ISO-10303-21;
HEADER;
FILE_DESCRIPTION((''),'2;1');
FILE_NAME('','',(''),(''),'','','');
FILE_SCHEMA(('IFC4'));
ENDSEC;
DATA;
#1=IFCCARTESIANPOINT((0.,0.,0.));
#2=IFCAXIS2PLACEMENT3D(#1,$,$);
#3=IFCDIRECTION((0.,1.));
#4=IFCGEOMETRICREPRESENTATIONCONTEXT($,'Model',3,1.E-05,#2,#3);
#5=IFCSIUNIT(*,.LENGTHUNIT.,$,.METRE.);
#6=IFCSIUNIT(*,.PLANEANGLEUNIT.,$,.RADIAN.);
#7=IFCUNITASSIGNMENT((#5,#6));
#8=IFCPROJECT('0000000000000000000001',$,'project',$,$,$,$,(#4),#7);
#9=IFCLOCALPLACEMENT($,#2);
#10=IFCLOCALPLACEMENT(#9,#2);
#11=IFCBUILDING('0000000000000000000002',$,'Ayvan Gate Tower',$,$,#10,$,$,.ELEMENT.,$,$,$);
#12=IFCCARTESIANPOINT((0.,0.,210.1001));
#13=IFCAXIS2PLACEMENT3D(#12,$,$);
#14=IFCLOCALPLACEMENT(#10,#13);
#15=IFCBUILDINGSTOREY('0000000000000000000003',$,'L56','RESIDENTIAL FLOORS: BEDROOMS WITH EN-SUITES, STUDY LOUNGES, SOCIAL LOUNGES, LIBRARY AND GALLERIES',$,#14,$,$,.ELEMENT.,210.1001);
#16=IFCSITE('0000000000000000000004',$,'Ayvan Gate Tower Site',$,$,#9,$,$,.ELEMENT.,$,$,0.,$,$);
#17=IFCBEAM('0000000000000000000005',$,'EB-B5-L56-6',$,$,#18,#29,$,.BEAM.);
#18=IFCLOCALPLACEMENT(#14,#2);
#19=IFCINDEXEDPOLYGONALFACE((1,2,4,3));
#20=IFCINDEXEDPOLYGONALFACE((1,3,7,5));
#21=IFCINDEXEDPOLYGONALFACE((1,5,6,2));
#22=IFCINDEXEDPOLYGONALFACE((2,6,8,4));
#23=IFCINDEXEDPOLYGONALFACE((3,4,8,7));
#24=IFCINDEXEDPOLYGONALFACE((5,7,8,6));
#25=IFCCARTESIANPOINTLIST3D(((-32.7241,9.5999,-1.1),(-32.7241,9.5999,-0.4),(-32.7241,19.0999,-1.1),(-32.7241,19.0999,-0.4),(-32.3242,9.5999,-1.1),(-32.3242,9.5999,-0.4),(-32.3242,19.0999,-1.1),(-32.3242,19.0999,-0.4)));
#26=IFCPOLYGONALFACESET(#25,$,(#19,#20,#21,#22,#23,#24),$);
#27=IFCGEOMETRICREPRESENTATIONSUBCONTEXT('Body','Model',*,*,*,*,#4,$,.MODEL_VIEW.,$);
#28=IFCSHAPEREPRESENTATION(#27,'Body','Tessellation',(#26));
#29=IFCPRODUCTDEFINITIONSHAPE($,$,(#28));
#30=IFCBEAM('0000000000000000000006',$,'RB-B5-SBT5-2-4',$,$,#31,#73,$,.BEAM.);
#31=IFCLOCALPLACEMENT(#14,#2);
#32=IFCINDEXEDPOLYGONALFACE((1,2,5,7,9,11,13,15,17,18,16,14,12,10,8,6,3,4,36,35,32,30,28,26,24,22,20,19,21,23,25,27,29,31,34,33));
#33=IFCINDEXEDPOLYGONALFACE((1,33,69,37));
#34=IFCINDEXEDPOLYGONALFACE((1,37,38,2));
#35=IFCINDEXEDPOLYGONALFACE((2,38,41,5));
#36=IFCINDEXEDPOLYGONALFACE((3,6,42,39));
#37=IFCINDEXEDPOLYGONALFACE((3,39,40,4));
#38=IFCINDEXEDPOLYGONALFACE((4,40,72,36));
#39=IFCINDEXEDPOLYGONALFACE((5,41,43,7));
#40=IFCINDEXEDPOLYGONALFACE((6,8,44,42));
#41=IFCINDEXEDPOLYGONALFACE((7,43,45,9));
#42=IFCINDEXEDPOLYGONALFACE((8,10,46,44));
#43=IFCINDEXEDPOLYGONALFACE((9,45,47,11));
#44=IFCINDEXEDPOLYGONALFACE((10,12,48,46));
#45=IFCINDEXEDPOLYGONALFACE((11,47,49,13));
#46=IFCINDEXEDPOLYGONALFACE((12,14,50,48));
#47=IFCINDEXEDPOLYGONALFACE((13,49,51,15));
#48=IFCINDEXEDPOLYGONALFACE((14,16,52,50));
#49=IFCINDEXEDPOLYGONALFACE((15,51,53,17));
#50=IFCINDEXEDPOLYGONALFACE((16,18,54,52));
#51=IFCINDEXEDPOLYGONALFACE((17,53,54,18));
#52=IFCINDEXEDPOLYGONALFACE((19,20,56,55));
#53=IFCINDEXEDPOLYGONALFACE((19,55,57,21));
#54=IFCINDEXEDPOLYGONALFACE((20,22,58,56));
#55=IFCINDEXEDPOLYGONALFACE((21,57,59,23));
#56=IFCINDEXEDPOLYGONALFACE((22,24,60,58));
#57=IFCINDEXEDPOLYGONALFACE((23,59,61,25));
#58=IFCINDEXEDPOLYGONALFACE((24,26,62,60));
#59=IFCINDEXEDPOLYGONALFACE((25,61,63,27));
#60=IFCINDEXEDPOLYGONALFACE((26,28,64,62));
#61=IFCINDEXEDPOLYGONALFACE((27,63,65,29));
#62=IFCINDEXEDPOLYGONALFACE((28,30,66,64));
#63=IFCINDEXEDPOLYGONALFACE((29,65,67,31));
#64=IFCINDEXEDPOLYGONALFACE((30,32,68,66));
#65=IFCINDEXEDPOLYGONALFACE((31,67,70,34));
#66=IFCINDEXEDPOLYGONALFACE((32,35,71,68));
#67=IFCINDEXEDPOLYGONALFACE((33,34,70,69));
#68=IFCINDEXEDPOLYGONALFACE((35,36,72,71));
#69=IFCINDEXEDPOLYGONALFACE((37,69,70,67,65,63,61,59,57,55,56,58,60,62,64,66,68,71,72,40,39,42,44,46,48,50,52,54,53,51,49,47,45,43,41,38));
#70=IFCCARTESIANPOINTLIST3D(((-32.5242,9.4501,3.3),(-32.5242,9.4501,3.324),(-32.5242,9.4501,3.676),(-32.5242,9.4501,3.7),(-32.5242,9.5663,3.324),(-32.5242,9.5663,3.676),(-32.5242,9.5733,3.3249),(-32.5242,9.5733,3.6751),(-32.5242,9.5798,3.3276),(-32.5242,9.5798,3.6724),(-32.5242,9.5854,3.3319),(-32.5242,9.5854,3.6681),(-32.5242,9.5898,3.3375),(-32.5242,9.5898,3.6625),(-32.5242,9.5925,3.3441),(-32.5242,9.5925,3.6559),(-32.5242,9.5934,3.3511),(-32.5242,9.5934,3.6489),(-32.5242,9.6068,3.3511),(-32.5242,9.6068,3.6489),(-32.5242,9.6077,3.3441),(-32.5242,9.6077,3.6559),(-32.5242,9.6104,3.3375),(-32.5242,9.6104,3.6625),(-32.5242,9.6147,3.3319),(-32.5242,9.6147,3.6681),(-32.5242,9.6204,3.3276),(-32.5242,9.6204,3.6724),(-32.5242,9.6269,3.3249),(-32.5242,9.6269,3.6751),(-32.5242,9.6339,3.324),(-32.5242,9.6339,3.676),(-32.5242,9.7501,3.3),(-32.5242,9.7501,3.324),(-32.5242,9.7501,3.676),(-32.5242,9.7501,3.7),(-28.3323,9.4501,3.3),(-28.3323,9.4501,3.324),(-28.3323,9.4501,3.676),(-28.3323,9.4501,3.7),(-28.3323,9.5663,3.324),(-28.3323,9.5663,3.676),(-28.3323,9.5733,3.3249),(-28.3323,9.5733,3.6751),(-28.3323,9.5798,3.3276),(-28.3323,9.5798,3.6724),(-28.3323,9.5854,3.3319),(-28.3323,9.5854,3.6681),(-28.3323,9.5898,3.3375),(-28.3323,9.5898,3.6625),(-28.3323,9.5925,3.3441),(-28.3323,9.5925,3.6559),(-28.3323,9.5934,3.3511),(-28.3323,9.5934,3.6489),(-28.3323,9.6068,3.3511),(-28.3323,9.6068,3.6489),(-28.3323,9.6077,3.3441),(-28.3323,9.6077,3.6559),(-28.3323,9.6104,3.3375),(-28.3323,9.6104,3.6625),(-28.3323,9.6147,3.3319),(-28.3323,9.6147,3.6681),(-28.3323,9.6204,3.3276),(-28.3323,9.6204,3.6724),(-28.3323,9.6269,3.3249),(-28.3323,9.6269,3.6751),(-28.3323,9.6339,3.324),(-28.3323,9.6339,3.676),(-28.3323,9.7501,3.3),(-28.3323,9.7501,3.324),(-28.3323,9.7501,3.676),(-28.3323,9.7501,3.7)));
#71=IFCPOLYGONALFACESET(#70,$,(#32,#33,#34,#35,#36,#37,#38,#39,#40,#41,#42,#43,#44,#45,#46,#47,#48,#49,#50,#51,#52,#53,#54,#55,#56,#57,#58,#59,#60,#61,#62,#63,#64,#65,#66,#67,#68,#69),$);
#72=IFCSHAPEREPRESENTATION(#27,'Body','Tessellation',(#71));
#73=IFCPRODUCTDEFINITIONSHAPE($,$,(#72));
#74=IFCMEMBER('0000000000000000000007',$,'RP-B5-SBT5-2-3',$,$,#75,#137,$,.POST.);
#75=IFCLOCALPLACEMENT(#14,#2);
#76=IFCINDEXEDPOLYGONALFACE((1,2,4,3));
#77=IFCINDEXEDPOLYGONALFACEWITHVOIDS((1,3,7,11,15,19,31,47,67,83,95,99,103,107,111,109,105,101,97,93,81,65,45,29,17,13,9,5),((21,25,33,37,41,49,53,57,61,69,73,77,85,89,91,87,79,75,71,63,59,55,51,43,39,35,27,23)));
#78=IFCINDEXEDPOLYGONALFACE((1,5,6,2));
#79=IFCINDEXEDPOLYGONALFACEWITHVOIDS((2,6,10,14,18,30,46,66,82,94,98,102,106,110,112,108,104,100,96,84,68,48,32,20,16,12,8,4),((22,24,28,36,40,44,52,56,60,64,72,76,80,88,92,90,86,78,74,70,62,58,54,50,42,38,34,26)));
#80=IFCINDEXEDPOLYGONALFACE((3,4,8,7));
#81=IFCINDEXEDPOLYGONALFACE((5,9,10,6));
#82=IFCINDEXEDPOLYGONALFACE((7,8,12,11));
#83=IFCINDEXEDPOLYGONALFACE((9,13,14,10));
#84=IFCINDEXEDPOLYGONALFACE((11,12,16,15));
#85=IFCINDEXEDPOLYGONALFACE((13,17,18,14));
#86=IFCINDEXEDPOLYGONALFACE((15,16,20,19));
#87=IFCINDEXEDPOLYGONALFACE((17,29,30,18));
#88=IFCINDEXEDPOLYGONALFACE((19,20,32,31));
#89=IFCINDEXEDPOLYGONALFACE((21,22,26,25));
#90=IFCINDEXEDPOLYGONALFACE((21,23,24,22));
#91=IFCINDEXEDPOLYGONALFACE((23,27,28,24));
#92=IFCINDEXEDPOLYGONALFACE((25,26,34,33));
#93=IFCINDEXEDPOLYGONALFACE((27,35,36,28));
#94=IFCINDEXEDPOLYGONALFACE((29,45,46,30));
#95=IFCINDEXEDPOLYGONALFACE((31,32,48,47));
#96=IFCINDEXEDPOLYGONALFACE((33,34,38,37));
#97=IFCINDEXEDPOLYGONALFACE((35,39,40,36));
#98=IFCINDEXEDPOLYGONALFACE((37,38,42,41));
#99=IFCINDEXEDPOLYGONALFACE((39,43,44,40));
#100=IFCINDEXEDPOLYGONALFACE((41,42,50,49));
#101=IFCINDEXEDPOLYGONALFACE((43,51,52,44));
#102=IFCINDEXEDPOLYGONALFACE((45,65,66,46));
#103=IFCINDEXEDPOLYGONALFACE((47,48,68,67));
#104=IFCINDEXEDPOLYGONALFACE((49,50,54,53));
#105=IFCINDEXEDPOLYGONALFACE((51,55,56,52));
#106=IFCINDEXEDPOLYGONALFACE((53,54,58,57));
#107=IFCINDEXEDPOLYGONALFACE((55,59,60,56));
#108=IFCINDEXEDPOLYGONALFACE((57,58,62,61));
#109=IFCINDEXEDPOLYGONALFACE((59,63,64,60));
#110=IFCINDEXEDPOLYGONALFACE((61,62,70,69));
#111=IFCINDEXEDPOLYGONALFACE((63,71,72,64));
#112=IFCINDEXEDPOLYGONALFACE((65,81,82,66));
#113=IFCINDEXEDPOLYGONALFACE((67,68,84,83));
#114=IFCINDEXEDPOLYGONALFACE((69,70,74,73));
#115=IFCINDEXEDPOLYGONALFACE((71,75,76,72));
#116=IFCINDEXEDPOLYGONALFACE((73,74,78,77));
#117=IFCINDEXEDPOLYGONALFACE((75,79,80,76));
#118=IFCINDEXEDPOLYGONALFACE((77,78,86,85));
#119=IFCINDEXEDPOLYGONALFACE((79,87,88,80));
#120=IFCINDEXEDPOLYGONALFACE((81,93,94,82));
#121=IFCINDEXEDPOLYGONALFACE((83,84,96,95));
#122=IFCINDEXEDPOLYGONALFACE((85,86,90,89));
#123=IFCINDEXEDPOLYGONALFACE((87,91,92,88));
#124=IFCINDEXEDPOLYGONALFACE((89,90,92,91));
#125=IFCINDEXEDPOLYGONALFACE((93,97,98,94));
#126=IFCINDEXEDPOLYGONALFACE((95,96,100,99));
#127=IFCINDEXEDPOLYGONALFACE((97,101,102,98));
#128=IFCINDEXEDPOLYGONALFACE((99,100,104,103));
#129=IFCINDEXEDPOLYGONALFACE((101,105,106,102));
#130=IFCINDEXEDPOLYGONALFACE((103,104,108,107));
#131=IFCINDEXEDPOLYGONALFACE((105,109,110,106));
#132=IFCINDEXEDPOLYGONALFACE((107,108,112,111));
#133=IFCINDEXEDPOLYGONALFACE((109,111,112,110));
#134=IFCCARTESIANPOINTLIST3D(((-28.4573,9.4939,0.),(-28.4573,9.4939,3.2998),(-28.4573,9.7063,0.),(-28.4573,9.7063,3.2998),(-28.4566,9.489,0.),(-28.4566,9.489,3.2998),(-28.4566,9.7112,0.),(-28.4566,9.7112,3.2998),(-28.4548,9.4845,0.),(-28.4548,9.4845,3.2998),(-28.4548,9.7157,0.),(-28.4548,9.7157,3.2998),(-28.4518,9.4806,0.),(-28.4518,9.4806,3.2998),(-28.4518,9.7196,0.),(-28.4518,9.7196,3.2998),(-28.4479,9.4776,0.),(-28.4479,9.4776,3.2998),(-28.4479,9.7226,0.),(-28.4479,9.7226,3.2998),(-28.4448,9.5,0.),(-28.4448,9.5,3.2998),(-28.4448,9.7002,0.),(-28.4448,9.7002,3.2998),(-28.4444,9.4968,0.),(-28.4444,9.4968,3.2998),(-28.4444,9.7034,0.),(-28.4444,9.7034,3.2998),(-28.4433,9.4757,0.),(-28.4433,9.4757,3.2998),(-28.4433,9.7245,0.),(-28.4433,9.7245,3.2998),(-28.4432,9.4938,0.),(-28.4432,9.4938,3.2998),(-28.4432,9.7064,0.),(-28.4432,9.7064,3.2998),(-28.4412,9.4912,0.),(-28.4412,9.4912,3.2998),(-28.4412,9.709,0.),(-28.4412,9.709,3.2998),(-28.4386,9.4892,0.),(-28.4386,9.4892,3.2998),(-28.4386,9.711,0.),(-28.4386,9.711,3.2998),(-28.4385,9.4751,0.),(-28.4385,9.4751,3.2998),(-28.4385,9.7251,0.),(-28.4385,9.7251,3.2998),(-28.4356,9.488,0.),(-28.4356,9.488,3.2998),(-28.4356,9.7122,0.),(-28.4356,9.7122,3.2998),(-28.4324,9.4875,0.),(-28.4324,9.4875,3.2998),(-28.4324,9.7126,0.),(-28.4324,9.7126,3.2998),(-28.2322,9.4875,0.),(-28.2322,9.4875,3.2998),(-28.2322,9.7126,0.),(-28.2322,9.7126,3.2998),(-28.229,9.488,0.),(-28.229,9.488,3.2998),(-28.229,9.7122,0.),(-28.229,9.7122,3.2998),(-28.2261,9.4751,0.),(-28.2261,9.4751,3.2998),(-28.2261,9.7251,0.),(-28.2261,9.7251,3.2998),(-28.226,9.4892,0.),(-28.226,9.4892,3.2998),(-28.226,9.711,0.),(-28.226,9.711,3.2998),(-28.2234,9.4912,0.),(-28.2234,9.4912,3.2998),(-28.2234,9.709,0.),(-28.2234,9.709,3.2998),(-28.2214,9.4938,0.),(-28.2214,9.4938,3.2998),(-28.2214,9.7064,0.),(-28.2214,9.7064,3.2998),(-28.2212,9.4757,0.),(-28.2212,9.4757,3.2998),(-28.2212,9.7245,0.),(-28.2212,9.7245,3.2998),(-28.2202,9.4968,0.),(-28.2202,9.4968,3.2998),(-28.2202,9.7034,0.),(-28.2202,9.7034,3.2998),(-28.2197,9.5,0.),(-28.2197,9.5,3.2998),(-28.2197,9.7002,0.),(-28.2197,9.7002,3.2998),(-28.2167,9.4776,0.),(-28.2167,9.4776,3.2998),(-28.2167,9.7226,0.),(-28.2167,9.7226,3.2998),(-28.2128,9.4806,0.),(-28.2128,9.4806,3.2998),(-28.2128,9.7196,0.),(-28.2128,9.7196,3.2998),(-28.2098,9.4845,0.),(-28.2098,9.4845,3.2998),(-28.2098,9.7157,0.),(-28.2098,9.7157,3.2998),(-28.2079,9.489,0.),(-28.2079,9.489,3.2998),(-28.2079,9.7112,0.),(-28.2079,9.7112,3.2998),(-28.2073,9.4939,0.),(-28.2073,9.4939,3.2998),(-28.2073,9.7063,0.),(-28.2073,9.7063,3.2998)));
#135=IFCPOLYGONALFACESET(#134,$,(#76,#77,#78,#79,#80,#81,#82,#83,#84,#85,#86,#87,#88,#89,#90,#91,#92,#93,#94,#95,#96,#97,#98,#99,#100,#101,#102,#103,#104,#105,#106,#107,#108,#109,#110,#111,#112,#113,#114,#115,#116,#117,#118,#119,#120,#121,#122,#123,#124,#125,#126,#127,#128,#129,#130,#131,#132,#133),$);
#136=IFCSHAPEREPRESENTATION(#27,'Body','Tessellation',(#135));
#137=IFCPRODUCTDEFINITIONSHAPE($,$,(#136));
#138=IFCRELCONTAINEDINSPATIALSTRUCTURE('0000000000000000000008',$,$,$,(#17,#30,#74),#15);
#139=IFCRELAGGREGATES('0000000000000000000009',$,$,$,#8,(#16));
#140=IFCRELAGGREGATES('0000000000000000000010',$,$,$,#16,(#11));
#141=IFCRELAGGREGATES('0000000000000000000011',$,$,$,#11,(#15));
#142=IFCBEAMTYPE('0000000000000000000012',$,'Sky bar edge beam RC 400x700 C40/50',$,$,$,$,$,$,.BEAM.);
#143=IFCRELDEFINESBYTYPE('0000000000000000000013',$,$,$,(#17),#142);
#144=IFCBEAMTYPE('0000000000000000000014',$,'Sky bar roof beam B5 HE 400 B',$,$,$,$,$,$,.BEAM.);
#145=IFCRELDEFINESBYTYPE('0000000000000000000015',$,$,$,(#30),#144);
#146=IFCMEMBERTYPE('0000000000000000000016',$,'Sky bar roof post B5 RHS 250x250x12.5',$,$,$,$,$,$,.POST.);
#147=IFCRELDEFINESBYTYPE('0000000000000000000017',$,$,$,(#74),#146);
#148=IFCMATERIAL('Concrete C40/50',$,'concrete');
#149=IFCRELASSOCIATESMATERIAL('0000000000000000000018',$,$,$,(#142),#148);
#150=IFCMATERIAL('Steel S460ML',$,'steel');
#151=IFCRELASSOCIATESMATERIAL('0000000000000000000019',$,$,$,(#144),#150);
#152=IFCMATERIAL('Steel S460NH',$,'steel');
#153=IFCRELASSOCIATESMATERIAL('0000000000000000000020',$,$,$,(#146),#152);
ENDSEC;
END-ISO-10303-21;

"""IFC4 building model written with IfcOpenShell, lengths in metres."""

from ifc_helpers import new_model, si_unit, direction, frame, origin, origin_2d, place, context, subcontext, project, spatial, rectangle, hollow_rectangle, i_section, extrude, material, material_profile, profile_set, type_object, element, save


model = new_model("IFC4")

# Units and contexts
model_context = context("Model", 3, precision=1e-05, world=origin(), true_north=direction((0.0, 1.0)))
body_context = subcontext(model_context, "Body", "Model", "MODEL_VIEW")
ifc_project = project(units=[si_unit("LENGTHUNIT", "METRE"), si_unit("PLANEANGLEUNIT", "RADIAN")], contexts=[model_context])

# Site, building, storey
site_placement = place(None, origin())
site = spatial("IfcSite", under=ifc_project, at=site_placement, Name="Ayvan Gate Tower Site", CompositionType="ELEMENT", RefElevation=0.0)
building_placement = place(site_placement, origin())
building = spatial("IfcBuilding", under=site, at=building_placement, Name="Ayvan Gate Tower", CompositionType="ELEMENT")
storey_placement = place(building_placement, frame((0.0, 0.0, 210.1001)))
storey = spatial("IfcBuildingStorey", under=building, at=storey_placement, Name="L56", Description="RESIDENTIAL FLOORS: BEDROOMS WITH EN-SUITES, STUDY LOUNGES, SOCIAL LOUNGES, LIBRARY AND GALLERIES", CompositionType="ELEMENT", Elevation=210.1001)

# Beams
ifc_material_1 = material(Name="Concrete C40/50", Category="concrete")
ifc_material_profile_1 = material_profile(ifc_material_1, rectangle(XDim=0.3999, YDim=0.7, at=origin_2d()), Name="RC 400x700")
ifc_profile_set_1 = profile_set([ifc_material_profile_1], Name="Concrete C40/50")
beam_type_1 = type_object("IfcBeamType", Name="Sky bar edge beam RC 400x700 C40/50", PredefinedType="BEAM", material=ifc_profile_set_1)
beam_1_placement = place(storey_placement, frame((-32.5242, 9.5999, -0.75), z_axis=(0.0, 1.0, 0.0), x_axis=(-1.0, 0.0, 0.0)))
element("IfcBeam", 1, at=beam_1_placement, inside=storey, type_object=beam_type_1, Name="EB-B5-L56-6", PredefinedType="BEAM", context=body_context, shape_type="SweptSolid", body=[
    extrude(rectangle(XDim=0.3999, YDim=0.7, at=origin_2d()), origin(), (0.0, 0.0, 1.0), 9.5),
])
ifc_material_2 = material(Name="Steel S460ML", Category="steel")
ifc_material_profile_2 = material_profile(ifc_material_2, i_section(OverallWidth=0.3, OverallDepth=0.3999, WebThickness=0.0134, FlangeThickness=0.0239, FilletRadius=0.0271, at=origin_2d()), Name="HE 400 B")
ifc_profile_set_2 = profile_set([ifc_material_profile_2], Name="Steel S460ML")
beam_type_2 = type_object("IfcBeamType", Name="Sky bar roof beam B5 HE 400 B", PredefinedType="BEAM", material=ifc_profile_set_2)
beam_2_placement = place(storey_placement, frame((-28.3323, 9.6001, 3.5), z_axis=(-1.0, 0.0, 0.0), x_axis=(0.0, -1.0, 0.0)))
element("IfcBeam", 2, at=beam_2_placement, inside=storey, type_object=beam_type_2, Name="RB-B5-SBT5-2-4", PredefinedType="BEAM", context=body_context, shape_type="SweptSolid", body=[
    extrude(i_section(OverallWidth=0.3, OverallDepth=0.3999, WebThickness=0.0134, FlangeThickness=0.0239, FilletRadius=0.0271, at=origin_2d()), origin(), (0.0, 0.0, 1.0), 4.1919),
])

# Member
ifc_material_3 = material(Name="Steel S460NH", Category="steel")
ifc_material_profile_3 = material_profile(ifc_material_3, hollow_rectangle(XDim=0.25, YDim=0.25, WallThickness=0.0125, InnerFilletRadius=0.0125, OuterFilletRadius=0.0188, at=origin_2d()), Name="RHS 250x250x12.5")
ifc_profile_set_3 = profile_set([ifc_material_profile_3], Name="Steel S460NH")
member_type_1 = type_object("IfcMemberType", Name="Sky bar roof post B5 RHS 250x250x12.5", PredefinedType="POST", material=ifc_profile_set_3)
for number, where, z_axis, x_axis, name in (
    (3, (-28.3323, 9.6001, 0.0), (0.0, 0.0, 1.0), (1.0, 0.0, 0.0), "RP-B5-SBT5-2-3"),
):
    element("IfcMember", number, at=place(storey_placement, frame(where, z_axis=z_axis, x_axis=x_axis)), inside=storey, type_object=member_type_1, Name=name, PredefinedType="POST", context=body_context, shape_type="SweptSolid", body=[
        extrude(hollow_rectangle(XDim=0.25, YDim=0.25, WallThickness=0.0125, InnerFilletRadius=0.0125, OuterFilletRadius=0.0188, at=origin_2d()), origin(), (0.0, 0.0, 1.0), 3.2998),
    ])

save(model, "model.ifc")
